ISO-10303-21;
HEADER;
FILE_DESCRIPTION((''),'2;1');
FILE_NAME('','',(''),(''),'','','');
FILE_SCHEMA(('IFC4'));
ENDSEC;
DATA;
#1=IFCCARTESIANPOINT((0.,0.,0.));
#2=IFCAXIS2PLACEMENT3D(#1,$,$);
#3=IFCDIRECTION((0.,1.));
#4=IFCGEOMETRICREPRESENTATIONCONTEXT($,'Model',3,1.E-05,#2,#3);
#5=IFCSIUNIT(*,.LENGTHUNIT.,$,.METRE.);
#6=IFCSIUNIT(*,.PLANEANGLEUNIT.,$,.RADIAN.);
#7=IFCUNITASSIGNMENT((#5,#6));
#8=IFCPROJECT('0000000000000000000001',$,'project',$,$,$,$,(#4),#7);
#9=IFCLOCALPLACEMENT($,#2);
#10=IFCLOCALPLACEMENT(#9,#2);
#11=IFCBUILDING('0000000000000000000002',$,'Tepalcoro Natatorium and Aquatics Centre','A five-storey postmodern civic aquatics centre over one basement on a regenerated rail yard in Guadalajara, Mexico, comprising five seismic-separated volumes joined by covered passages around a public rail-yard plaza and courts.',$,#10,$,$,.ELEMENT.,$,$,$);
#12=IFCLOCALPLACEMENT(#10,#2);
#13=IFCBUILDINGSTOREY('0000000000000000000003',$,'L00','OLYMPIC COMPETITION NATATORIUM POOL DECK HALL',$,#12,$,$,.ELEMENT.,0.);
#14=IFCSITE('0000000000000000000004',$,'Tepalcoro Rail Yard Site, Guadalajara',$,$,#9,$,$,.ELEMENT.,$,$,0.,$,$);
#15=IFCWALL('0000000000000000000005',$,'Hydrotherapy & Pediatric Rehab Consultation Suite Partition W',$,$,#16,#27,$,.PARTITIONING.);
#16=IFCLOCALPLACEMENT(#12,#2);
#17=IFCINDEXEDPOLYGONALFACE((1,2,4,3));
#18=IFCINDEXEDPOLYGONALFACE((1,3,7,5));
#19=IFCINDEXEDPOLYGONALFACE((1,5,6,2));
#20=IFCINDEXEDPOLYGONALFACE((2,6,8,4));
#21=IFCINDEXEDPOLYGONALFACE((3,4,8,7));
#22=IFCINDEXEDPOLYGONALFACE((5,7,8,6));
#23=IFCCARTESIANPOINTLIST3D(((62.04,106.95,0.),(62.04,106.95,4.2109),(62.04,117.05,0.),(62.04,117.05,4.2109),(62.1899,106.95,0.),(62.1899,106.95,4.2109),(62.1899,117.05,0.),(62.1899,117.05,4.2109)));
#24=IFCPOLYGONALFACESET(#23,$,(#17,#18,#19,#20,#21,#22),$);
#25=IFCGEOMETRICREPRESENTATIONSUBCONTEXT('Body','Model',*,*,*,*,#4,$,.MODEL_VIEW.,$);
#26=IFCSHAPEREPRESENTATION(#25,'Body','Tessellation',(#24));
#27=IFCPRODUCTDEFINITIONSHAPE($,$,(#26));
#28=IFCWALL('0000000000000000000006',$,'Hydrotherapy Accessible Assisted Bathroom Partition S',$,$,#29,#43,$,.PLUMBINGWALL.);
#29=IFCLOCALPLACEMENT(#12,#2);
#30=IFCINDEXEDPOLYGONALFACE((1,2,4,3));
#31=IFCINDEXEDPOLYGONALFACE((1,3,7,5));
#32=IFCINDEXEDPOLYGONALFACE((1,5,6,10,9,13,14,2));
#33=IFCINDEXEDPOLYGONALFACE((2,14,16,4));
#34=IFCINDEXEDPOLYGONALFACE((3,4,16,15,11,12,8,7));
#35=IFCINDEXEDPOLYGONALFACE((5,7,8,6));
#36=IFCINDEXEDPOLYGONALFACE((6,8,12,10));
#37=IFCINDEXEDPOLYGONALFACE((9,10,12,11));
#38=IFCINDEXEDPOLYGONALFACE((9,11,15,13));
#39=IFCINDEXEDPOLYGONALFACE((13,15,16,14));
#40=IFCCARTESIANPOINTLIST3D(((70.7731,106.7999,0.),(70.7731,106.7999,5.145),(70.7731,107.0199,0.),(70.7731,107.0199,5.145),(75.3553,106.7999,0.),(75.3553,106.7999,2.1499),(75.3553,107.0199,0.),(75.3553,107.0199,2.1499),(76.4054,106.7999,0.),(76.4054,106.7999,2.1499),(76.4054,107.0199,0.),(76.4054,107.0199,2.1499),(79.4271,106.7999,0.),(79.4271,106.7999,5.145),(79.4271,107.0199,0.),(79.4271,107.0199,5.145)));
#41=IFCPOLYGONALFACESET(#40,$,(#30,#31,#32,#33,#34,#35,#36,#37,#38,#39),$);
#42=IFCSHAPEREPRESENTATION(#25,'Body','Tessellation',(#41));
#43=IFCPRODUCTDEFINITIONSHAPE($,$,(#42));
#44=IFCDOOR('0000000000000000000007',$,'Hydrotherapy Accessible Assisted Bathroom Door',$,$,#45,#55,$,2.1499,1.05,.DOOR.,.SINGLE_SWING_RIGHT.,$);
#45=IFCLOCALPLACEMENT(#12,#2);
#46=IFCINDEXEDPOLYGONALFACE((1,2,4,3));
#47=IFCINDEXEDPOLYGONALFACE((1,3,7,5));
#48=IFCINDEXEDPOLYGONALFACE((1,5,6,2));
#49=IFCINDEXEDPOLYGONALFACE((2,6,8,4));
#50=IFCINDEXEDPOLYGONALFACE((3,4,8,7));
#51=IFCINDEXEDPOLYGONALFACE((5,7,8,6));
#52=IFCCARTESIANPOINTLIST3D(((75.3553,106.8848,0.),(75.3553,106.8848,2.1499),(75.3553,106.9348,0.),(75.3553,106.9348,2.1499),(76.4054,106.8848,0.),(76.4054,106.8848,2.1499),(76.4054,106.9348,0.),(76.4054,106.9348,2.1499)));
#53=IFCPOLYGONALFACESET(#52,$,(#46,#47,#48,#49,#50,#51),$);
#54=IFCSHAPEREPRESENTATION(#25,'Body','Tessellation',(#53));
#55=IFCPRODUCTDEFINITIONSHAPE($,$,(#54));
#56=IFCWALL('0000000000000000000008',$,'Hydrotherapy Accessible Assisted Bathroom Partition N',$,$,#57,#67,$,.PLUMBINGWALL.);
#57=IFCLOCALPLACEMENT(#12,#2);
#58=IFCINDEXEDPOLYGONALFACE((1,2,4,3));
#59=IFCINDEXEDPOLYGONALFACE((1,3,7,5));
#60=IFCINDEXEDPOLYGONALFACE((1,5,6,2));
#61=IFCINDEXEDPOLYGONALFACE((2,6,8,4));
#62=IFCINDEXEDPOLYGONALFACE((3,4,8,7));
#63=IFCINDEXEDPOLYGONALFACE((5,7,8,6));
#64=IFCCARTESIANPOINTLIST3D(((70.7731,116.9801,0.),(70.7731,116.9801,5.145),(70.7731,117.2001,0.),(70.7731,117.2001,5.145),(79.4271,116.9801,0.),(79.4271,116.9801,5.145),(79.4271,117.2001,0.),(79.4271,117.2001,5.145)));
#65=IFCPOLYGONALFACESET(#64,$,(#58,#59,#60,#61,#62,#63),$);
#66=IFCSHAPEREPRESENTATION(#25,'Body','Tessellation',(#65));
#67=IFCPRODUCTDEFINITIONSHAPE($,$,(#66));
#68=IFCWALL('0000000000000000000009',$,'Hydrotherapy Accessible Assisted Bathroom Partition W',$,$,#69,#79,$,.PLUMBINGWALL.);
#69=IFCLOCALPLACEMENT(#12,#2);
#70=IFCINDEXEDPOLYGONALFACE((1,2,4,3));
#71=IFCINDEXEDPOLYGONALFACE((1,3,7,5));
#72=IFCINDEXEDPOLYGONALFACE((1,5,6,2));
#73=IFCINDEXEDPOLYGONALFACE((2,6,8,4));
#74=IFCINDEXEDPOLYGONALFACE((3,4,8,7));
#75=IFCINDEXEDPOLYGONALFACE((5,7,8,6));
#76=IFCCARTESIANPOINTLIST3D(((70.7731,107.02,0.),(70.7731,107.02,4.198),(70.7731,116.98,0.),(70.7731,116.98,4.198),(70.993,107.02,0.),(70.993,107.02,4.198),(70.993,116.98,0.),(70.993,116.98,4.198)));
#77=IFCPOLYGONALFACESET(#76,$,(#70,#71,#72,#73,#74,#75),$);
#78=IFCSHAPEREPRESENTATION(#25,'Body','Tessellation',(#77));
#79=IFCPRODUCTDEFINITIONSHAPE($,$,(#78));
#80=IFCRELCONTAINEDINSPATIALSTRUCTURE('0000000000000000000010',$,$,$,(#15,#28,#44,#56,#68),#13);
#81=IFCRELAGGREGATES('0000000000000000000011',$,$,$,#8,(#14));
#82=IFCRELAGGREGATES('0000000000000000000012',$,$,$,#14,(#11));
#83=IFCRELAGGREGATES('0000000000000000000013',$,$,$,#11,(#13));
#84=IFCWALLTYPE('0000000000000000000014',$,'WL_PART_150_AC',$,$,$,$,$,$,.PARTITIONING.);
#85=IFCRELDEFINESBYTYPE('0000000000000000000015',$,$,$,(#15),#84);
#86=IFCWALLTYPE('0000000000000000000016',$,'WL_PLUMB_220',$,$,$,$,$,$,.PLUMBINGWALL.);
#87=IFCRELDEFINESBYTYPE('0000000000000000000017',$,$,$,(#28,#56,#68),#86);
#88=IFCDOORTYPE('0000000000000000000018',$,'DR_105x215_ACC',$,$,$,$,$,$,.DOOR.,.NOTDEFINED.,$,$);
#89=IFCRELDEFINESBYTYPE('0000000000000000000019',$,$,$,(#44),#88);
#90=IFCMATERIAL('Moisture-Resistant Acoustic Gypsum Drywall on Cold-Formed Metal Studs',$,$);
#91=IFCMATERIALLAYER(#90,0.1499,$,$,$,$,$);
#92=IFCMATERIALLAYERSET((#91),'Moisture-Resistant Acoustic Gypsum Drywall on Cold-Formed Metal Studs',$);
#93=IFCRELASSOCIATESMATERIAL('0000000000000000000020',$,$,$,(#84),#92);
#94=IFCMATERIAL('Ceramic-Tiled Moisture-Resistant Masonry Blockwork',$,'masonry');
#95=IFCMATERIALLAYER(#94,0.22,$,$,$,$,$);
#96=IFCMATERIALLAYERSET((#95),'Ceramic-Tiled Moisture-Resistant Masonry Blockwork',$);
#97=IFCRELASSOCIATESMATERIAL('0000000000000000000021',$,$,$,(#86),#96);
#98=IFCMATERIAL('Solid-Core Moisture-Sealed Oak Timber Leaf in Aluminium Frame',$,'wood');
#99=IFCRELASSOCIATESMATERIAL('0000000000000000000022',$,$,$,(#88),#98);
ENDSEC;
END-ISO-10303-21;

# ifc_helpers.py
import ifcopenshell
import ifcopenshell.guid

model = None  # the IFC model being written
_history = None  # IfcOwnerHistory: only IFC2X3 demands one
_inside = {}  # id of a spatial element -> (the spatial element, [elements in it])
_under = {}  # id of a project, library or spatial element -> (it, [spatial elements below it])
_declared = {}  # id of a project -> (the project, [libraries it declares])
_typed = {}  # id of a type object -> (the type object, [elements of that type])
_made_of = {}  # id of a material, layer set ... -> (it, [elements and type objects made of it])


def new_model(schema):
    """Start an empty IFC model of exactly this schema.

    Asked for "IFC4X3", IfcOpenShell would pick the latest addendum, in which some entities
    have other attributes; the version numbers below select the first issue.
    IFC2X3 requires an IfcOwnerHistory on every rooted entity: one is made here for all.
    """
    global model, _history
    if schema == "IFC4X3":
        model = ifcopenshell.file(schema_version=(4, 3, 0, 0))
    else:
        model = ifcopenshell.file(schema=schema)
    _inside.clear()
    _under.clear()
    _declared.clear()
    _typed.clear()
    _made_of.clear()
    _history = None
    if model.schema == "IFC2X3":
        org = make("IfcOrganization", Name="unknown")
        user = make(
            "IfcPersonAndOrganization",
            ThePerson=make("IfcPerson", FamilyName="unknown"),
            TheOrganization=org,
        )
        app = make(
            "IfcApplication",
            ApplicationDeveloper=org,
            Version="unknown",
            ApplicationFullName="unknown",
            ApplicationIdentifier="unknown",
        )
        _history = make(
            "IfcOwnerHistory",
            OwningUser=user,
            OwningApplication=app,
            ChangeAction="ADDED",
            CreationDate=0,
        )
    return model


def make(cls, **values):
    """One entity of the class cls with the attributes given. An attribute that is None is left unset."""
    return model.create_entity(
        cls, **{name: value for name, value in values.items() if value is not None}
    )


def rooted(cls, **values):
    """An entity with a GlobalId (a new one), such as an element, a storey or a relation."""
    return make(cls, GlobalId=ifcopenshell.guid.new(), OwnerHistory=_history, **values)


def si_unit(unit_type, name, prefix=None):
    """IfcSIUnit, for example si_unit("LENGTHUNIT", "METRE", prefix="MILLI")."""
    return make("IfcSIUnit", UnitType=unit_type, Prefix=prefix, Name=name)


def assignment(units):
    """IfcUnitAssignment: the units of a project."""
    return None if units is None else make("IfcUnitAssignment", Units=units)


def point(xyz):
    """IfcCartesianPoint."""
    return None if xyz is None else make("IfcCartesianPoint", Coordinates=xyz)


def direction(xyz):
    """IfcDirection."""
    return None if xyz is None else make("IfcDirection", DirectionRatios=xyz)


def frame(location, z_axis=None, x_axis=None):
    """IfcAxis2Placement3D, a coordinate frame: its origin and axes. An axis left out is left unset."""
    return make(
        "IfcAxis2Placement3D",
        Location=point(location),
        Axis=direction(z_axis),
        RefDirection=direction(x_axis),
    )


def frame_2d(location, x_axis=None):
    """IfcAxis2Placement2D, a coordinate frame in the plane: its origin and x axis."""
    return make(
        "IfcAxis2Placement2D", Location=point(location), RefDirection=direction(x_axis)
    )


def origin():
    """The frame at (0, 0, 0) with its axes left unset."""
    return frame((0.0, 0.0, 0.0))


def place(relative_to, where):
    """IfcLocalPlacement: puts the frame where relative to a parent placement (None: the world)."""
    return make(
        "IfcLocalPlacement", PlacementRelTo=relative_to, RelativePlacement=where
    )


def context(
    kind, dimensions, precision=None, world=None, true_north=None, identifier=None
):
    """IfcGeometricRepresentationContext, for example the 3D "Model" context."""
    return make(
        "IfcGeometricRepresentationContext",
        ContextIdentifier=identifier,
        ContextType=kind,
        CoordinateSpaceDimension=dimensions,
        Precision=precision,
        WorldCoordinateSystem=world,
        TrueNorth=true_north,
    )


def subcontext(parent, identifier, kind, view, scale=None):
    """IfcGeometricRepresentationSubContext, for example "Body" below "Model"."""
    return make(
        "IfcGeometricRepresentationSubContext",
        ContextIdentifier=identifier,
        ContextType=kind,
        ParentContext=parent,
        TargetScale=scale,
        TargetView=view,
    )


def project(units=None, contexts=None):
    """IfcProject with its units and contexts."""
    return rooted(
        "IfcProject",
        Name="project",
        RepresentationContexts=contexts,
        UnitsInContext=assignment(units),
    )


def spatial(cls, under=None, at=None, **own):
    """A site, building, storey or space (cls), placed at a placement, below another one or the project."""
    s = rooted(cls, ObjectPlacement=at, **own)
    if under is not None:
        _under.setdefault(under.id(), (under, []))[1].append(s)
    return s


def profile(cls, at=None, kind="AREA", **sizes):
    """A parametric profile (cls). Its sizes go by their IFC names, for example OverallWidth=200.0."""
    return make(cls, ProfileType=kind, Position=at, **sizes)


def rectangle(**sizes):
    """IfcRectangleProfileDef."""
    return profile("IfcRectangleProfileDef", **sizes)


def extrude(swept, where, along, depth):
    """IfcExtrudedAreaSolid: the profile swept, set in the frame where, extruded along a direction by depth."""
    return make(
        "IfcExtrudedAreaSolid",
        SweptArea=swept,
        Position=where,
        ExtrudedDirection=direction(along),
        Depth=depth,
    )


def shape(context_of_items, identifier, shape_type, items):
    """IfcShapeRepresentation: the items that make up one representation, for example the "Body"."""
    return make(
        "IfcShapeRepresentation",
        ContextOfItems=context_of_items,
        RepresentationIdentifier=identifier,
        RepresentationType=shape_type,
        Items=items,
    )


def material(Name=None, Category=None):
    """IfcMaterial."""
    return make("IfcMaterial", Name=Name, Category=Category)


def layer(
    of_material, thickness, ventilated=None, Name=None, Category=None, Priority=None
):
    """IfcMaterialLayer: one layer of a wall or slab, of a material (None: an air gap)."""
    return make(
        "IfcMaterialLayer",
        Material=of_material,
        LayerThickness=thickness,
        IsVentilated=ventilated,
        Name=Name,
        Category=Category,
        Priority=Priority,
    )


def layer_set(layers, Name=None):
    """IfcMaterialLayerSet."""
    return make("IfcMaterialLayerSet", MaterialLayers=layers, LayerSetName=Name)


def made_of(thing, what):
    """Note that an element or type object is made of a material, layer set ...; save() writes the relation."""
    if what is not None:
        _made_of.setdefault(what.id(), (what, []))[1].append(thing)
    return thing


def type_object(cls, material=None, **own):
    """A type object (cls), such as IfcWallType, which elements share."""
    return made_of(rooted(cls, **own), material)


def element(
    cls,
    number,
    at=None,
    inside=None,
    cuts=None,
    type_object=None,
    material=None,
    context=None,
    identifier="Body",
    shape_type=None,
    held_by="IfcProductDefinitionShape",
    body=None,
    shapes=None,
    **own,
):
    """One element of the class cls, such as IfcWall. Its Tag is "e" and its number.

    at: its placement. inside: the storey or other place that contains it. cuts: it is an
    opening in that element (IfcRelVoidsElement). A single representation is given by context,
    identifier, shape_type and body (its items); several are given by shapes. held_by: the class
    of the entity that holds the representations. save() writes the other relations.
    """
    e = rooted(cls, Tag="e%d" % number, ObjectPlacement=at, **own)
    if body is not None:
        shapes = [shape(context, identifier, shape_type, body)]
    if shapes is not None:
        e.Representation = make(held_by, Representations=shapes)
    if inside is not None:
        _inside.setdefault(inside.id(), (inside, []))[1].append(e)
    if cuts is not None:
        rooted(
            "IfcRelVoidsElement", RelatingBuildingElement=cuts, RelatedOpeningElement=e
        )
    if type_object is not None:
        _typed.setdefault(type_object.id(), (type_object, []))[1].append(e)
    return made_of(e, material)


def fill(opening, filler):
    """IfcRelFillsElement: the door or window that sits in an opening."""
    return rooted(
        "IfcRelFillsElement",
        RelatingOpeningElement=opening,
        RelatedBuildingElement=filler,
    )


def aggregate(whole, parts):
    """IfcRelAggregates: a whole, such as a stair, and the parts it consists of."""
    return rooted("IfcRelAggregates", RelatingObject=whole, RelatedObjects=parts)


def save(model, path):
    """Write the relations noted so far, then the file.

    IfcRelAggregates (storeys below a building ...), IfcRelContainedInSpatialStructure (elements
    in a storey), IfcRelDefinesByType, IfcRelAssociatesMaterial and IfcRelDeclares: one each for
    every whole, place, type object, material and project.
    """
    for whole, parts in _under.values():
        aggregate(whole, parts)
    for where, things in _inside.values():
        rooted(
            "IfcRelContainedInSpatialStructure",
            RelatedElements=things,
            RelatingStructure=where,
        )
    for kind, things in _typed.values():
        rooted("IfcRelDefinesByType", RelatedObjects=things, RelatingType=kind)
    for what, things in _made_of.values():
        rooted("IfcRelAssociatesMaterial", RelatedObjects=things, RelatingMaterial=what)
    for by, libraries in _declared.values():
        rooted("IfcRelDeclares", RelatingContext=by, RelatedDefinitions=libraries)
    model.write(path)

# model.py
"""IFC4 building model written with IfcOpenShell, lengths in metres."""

from ifc_helpers import new_model, si_unit, direction, frame, frame_2d, origin, place, context, subcontext, project, spatial, rectangle, extrude, material, layer, layer_set, type_object, element, fill, save


model = new_model("IFC4")

# Units and contexts
model_context = context("Model", 3, precision=1e-05, world=origin(), true_north=direction((0.0, 1.0)))
body_context = subcontext(model_context, "Body", "Model", "MODEL_VIEW")
ifc_project = project(units=[si_unit("LENGTHUNIT", "METRE"), si_unit("PLANEANGLEUNIT", "RADIAN")], contexts=[model_context])

# Site, building, storey
site_placement = place(None, origin())
site = spatial("IfcSite", under=ifc_project, at=site_placement, Name="Tepalcoro Rail Yard Site, Guadalajara", CompositionType="ELEMENT", RefElevation=0.0)
building_placement = place(site_placement, origin())
building = spatial("IfcBuilding", under=site, at=building_placement, Name="Tepalcoro Natatorium and Aquatics Centre", Description="A five-storey postmodern civic aquatics centre over one basement on a regenerated rail yard in Guadalajara, Mexico, comprising five seismic-separated volumes joined by covered passages around a public rail-yard plaza and courts.", CompositionType="ELEMENT")
storey_placement = place(building_placement, origin())
storey = spatial("IfcBuildingStorey", under=building, at=storey_placement, Name="L00", Description="OLYMPIC COMPETITION NATATORIUM POOL DECK HALL", CompositionType="ELEMENT", Elevation=0.0)

# Shared definitions
ifc_material_1 = material(Name="Moisture-Resistant Acoustic Gypsum Drywall on Cold-Formed Metal Studs")
ifc_layer_1 = layer(ifc_material_1, 0.1499)
ifc_layer_set_1 = layer_set([ifc_layer_1], Name="Moisture-Resistant Acoustic Gypsum Drywall on Cold-Formed Metal Studs")
wall_type_1 = type_object("IfcWallType", Name="WL_PART_150_AC", PredefinedType="PARTITIONING", material=ifc_layer_set_1)
ifc_material_2 = material(Name="Solid-Core Moisture-Sealed Oak Timber Leaf in Aluminium Frame", Category="wood")

# Wall
wall_1_placement = place(storey_placement, frame((62.115, 106.95, 0.0), z_axis=(0.0, 0.0, 1.0), x_axis=(0.0, 1.0, 0.0)))
element("IfcWall", 1, at=wall_1_placement, inside=storey, type_object=wall_type_1, Name="Hydrotherapy & Pediatric Rehab Consultation Suite Partition W", PredefinedType="PARTITIONING", context=body_context, shape_type="SweptSolid", body=[
    extrude(rectangle(XDim=10.1001, YDim=0.1499, at=frame_2d((5.05, 0.0))), origin(), (0.0, 0.0, 1.0), 4.2109),
])

# Wall, opening, door
ifc_material_3 = material(Name="Ceramic-Tiled Moisture-Resistant Masonry Blockwork", Category="masonry")
ifc_layer_2 = layer(ifc_material_3, 0.22)
ifc_layer_set_2 = layer_set([ifc_layer_2], Name="Ceramic-Tiled Moisture-Resistant Masonry Blockwork")
wall_type_2 = type_object("IfcWallType", Name="WL_PLUMB_220", PredefinedType="PLUMBINGWALL", material=ifc_layer_set_2)
wall_2_placement = place(storey_placement, frame((70.7729, 106.9099, 0.0), z_axis=(0.0, 0.0, 1.0), x_axis=(1.0, 0.0, 0.0)))
wall_2 = element("IfcWall", 2, at=wall_2_placement, inside=storey, type_object=wall_type_2, Name="Hydrotherapy Accessible Assisted Bathroom Partition S", PredefinedType="PLUMBINGWALL", context=body_context, shape_type="SweptSolid", body=[
    extrude(rectangle(XDim=8.6541, YDim=0.22, at=frame_2d((4.3271, 0.0))), origin(), (0.0, 0.0, 1.0), 5.145),
])
opening_1_placement = place(wall_2_placement, frame((4.5825, 0.0, 0.0)))
opening_1 = element("IfcOpeningElement", 3, at=opening_1_placement, cuts=wall_2, PredefinedType="OPENING", context=body_context, shape_type="SweptSolid", body=[
    extrude(rectangle(XDim=1.05, YDim=2.1499, at=frame_2d((0.5249, 1.075))), frame((0.0, 0.1221, 0.0), z_axis=(0.0, -1.0, 0.0), x_axis=(1.0, 0.0, 0.0)), (0.0, 0.0, 1.0), 0.2439),
])
door_type_1 = type_object("IfcDoorType", Name="DR_105x215_ACC", OperationType="NOTDEFINED", PredefinedType="DOOR", material=ifc_material_2)
door_1_placement = place(opening_1_placement, origin())
door_1 = element("IfcDoor", 4, at=door_1_placement, inside=storey, type_object=door_type_1, Name="Hydrotherapy Accessible Assisted Bathroom Door", OperationType="SINGLE_SWING_RIGHT", OverallHeight=2.1499, OverallWidth=1.05, PredefinedType="DOOR", context=body_context, shape_type="SweptSolid", body=[
    extrude(rectangle(XDim=1.05, YDim=2.1499, at=frame_2d((0.5249, 1.075))), frame((0.0, 0.0249, 0.0), z_axis=(0.0, -1.0, 0.0), x_axis=(1.0, 0.0, 0.0)), (0.0, 0.0, 1.0), 0.05),
])
fill(opening_1, door_1)

# Walls
wall_3_placement = place(storey_placement, frame((70.7729, 117.0901, 0.0), z_axis=(0.0, 0.0, 1.0), x_axis=(1.0, 0.0, 0.0)))
element("IfcWall", 5, at=wall_3_placement, inside=storey, type_object=wall_type_2, Name="Hydrotherapy Accessible Assisted Bathroom Partition N", PredefinedType="PLUMBINGWALL", context=body_context, shape_type="SweptSolid", body=[
    extrude(rectangle(XDim=8.6541, YDim=0.22, at=frame_2d((4.3271, 0.0))), origin(), (0.0, 0.0, 1.0), 5.145),
])
wall_4_placement = place(storey_placement, frame((70.8831, 107.02, 0.0), z_axis=(0.0, 0.0, 1.0), x_axis=(0.0, 1.0, 0.0)))
element("IfcWall", 6, at=wall_4_placement, inside=storey, type_object=wall_type_2, Name="Hydrotherapy Accessible Assisted Bathroom Partition W", PredefinedType="PLUMBINGWALL", context=body_context, shape_type="SweptSolid", body=[
    extrude(rectangle(XDim=9.96, YDim=0.22, at=frame_2d((4.98, 0.0))), origin(), (0.0, 0.0, 1.0), 4.198),
])

save(model, "model.ifc")
